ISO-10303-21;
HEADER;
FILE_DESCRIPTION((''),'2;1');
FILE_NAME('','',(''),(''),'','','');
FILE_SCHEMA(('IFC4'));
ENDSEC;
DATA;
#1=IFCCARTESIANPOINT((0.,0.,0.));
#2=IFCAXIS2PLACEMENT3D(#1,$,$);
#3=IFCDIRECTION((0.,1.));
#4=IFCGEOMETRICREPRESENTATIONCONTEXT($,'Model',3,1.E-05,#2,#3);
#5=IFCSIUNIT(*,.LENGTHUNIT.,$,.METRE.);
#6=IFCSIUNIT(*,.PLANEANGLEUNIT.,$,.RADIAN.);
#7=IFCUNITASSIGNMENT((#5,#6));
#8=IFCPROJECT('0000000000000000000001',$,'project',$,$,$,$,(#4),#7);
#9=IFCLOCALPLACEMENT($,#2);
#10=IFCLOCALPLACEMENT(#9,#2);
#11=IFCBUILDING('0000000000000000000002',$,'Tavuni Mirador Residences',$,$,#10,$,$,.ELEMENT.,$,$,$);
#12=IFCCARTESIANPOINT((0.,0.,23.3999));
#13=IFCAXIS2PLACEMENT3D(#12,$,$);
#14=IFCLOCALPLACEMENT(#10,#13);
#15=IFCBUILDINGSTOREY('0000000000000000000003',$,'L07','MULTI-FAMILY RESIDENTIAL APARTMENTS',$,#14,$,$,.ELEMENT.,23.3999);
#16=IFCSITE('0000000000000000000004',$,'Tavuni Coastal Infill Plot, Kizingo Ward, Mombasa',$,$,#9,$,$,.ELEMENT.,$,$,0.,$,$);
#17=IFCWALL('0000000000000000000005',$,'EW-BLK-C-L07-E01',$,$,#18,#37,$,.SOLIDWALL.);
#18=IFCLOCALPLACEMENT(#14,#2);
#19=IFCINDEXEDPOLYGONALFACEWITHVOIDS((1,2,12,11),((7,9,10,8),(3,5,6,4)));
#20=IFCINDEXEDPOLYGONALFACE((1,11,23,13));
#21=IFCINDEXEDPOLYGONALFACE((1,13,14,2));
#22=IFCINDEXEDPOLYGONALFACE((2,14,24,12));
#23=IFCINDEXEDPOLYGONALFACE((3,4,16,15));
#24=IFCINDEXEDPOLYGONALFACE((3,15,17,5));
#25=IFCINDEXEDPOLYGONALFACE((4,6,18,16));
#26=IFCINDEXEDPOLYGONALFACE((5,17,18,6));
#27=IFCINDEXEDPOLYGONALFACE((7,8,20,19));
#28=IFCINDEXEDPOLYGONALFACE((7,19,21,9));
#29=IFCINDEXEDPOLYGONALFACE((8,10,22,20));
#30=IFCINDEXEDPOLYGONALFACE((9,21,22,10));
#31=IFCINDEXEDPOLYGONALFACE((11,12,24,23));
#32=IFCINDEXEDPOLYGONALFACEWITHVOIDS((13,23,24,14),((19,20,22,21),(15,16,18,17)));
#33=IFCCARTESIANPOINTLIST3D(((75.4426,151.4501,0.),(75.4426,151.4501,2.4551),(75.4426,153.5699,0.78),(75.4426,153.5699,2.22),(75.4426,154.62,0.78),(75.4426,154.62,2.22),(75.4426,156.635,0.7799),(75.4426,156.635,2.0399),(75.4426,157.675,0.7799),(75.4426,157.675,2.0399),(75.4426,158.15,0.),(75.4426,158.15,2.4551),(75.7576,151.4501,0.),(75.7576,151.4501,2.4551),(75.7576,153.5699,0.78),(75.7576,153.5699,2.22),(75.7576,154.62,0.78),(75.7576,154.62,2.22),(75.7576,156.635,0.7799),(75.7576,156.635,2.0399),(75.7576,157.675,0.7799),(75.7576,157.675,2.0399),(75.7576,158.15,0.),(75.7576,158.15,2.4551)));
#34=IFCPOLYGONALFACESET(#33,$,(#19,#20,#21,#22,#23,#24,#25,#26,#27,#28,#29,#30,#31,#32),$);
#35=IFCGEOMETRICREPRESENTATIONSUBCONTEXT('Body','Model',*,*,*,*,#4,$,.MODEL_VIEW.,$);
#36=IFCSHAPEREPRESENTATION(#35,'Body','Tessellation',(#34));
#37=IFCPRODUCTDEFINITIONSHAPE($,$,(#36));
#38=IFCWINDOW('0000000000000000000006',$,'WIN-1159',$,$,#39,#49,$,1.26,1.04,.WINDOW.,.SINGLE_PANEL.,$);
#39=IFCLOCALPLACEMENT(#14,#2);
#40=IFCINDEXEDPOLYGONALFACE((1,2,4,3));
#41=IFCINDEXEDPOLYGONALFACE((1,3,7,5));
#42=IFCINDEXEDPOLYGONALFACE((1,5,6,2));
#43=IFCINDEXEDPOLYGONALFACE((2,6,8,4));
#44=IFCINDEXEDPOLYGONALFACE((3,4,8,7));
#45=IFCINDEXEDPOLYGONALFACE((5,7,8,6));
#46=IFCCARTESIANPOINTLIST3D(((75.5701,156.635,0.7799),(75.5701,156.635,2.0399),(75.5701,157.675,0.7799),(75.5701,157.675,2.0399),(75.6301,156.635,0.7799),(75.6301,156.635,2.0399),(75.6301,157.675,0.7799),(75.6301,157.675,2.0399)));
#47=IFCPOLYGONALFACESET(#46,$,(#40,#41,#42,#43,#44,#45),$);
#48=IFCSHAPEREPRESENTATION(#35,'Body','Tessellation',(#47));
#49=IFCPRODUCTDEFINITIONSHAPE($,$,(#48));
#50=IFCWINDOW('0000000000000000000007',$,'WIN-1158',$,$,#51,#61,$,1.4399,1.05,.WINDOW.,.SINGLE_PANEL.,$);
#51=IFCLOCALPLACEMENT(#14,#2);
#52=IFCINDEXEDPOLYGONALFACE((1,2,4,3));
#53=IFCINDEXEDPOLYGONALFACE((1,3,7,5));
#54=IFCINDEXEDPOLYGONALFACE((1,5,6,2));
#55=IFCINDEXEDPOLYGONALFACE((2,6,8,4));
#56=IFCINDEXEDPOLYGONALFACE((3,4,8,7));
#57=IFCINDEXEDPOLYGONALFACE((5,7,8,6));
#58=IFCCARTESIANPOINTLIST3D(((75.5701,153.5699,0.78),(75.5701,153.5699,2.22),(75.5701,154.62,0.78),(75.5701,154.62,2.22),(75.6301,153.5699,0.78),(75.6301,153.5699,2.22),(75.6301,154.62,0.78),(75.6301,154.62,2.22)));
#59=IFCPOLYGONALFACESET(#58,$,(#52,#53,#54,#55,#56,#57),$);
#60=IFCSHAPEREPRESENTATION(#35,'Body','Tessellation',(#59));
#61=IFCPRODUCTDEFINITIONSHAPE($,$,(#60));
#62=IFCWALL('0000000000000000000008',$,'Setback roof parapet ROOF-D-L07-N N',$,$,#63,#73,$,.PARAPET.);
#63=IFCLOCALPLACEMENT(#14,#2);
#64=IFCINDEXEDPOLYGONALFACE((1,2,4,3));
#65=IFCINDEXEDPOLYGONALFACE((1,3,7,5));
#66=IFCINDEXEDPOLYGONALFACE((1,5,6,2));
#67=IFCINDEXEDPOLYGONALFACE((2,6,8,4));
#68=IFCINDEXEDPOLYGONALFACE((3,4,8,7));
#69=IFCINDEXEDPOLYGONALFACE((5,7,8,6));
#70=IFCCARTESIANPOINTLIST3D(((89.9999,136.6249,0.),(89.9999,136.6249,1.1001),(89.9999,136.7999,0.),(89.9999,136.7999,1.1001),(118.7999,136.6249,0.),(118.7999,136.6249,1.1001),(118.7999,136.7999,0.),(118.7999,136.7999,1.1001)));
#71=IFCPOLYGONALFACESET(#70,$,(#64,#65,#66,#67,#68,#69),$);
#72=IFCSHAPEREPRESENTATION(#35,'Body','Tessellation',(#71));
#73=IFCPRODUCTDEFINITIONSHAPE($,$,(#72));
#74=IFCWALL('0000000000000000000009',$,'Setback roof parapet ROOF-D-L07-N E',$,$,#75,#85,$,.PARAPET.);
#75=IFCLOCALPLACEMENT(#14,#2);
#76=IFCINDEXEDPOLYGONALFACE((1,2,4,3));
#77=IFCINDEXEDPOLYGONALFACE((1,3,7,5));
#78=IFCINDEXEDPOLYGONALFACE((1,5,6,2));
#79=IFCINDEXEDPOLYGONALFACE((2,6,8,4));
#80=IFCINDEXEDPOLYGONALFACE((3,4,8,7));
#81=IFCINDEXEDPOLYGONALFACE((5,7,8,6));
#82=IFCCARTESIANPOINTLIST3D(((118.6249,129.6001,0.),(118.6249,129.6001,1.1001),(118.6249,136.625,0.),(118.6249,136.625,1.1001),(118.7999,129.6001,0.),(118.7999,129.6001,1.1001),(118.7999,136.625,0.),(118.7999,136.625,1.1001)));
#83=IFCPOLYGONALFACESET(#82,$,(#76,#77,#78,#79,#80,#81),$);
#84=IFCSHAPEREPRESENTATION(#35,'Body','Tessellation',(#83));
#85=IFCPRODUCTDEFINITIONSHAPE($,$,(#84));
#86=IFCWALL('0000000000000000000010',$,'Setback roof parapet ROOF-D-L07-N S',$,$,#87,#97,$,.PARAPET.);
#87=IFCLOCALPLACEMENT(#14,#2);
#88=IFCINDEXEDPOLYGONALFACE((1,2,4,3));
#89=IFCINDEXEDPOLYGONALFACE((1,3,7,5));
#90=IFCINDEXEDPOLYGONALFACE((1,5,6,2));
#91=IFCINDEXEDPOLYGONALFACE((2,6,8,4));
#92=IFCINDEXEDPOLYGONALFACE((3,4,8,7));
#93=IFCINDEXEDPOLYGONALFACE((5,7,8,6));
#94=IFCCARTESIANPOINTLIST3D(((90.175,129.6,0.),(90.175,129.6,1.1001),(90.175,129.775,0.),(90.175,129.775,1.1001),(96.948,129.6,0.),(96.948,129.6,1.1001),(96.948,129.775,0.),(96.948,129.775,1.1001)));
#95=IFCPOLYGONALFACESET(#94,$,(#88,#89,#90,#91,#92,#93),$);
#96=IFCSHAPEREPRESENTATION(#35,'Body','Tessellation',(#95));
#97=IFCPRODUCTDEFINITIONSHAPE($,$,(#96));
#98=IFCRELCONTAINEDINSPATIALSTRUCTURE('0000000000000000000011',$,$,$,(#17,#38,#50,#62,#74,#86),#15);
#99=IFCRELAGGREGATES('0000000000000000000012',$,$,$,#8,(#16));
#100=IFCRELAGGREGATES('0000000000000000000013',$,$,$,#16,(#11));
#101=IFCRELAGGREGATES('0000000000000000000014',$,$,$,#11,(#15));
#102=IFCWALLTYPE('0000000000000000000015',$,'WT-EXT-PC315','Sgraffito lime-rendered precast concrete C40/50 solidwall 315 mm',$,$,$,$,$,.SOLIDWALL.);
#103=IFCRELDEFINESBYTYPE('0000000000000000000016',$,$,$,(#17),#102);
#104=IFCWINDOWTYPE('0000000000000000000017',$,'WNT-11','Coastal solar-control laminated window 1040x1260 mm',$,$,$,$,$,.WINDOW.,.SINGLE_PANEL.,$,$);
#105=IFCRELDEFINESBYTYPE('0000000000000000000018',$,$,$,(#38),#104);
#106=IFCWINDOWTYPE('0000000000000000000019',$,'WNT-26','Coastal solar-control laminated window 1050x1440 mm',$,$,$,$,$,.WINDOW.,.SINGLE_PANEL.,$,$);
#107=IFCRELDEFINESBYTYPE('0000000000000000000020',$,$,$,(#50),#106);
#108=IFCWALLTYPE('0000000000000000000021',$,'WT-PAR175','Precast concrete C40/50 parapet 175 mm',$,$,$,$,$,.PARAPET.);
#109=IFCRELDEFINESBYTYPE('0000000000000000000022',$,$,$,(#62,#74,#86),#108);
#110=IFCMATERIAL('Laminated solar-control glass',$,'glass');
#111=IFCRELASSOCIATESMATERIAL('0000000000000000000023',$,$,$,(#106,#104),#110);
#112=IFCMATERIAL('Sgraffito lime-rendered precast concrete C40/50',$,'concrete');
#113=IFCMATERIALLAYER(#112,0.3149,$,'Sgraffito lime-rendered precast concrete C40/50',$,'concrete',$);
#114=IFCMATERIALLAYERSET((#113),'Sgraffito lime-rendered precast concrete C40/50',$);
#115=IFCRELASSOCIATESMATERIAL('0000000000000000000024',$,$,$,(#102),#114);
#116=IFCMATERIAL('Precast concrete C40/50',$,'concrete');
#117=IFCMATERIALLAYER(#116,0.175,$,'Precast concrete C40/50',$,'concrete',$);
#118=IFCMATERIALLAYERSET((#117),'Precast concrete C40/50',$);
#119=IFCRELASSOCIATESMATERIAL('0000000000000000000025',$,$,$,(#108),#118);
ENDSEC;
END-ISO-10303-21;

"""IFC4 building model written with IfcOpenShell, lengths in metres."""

from ifc_helpers import new_model, si_unit, direction, frame, frame_2d, origin, place, context, subcontext, project, spatial, rectangle, extrude, material, layer, layer_set, type_object, element, fill, save


model = new_model("IFC4")

# Units and contexts
model_context = context("Model", 3, precision=1e-05, world=origin(), true_north=direction((0.0, 1.0)))
body_context = subcontext(model_context, "Body", "Model", "MODEL_VIEW")
ifc_project = project(units=[si_unit("LENGTHUNIT", "METRE"), si_unit("PLANEANGLEUNIT", "RADIAN")], contexts=[model_context])

# Site, building, storey
site_placement = place(None, origin())
site = spatial("IfcSite", under=ifc_project, at=site_placement, Name="Tavuni Coastal Infill Plot, Kizingo Ward, Mombasa", CompositionType="ELEMENT", RefElevation=0.0)
building_placement = place(site_placement, origin())
building = spatial("IfcBuilding", under=site, at=building_placement, Name="Tavuni Mirador Residences", CompositionType="ELEMENT")
storey_placement = place(building_placement, frame((0.0, 0.0, 23.3999)))
storey = spatial("IfcBuildingStorey", under=building, at=storey_placement, Name="L07", Description="MULTI-FAMILY RESIDENTIAL APARTMENTS", CompositionType="ELEMENT", Elevation=23.3999)

# Shared definitions
ifc_material_1 = material(Name="Precast concrete C40/50", Category="concrete")

# Wall, openings, windows
ifc_material_2 = material(Name="Laminated solar-control glass", Category="glass")
window_type_1 = type_object("IfcWindowType", Name="WNT-26", Description="Coastal solar-control laminated window 1050x1440 mm", PartitioningType="SINGLE_PANEL", PredefinedType="WINDOW", material=ifc_material_2)
ifc_material_3 = material(Name="Sgraffito lime-rendered precast concrete C40/50", Category="concrete")
ifc_layer_1 = layer(ifc_material_3, 0.3149, Name="Sgraffito lime-rendered precast concrete C40/50", Category="concrete")
ifc_layer_set_1 = layer_set([ifc_layer_1], Name="Sgraffito lime-rendered precast concrete C40/50")
wall_type_1 = type_object("IfcWallType", Name="WT-EXT-PC315", Description="Sgraffito lime-rendered precast concrete C40/50 solidwall 315 mm", PredefinedType="SOLIDWALL", material=ifc_layer_set_1)
wall_1_placement = place(storey_placement, frame((75.6001, 151.45, 0.0), z_axis=(0.0, 0.0, 1.0), x_axis=(0.0, 1.0, 0.0)))
wall_1 = element("IfcWall", 1, at=wall_1_placement, inside=storey, type_object=wall_type_1, Name="EW-BLK-C-L07-E01", PredefinedType="SOLIDWALL", context=body_context, shape_type="SweptSolid", body=[
    extrude(rectangle(XDim=6.7, YDim=0.3149, at=frame_2d((3.3501, 0.0))), origin(), (0.0, 0.0, 1.0), 2.4551),
])
opening_1_placement = place(wall_1_placement, frame((2.1201, 0.0, 0.78)))
opening_1 = element("IfcOpeningElement", 2, at=opening_1_placement, cuts=wall_1, PredefinedType="OPENING", context=body_context, shape_type="SweptSolid", body=[
    extrude(rectangle(XDim=1.05, YDim=1.4399, at=frame_2d((0.5249, 0.72))), frame((0.0, 0.1675, 0.0), z_axis=(0.0, -1.0, 0.0), x_axis=(1.0, 0.0, 0.0)), (0.0, 0.0, 1.0), 0.335),
])
opening_2_placement = place(wall_1_placement, frame((5.1851, 0.0, 0.78)))
opening_2 = element("IfcOpeningElement", 3, at=opening_2_placement, cuts=wall_1, PredefinedType="OPENING", context=body_context, shape_type="SweptSolid", body=[
    extrude(rectangle(XDim=1.04, YDim=1.26, at=frame_2d((0.52, 0.6299))), frame((0.0, 0.1675, 0.0), z_axis=(0.0, -1.0, 0.0), x_axis=(1.0, 0.0, 0.0)), (0.0, 0.0, 1.0), 0.335),
])
window_type_2 = type_object("IfcWindowType", Name="WNT-11", Description="Coastal solar-control laminated window 1040x1260 mm", PartitioningType="SINGLE_PANEL", PredefinedType="WINDOW", material=ifc_material_2)
window_1_placement = place(opening_2_placement, origin())
window_1 = element("IfcWindow", 4, at=window_1_placement, inside=storey, type_object=window_type_2, Name="WIN-1159", OverallHeight=1.26, OverallWidth=1.04, PartitioningType="SINGLE_PANEL", PredefinedType="WINDOW", context=body_context, shape_type="SweptSolid", body=[
    extrude(rectangle(XDim=1.04, YDim=1.26, at=frame_2d((0.52, 0.6299))), frame((0.0, 0.03, 0.0), z_axis=(0.0, -1.0, 0.0), x_axis=(1.0, 0.0, 0.0)), (0.0, 0.0, 1.0), 0.0601),
])
fill(opening_2, window_1)
window_2_placement = place(opening_1_placement, origin())
window_2 = element("IfcWindow", 5, at=window_2_placement, inside=storey, type_object=window_type_1, Name="WIN-1158", OverallHeight=1.4399, OverallWidth=1.05, PartitioningType="SINGLE_PANEL", PredefinedType="WINDOW", context=body_context, shape_type="SweptSolid", body=[
    extrude(rectangle(XDim=1.05, YDim=1.4399, at=frame_2d((0.5249, 0.72))), frame((0.0, 0.03, 0.0), z_axis=(0.0, -1.0, 0.0), x_axis=(1.0, 0.0, 0.0)), (0.0, 0.0, 1.0), 0.0601),
])
fill(opening_1, window_2)

# Walls
ifc_layer_2 = layer(ifc_material_1, 0.175, Name="Precast concrete C40/50", Category="concrete")
ifc_layer_set_2 = layer_set([ifc_layer_2], Name="Precast concrete C40/50")
wall_type_2 = type_object("IfcWallType", Name="WT-PAR175", Description="Precast concrete C40/50 parapet 175 mm", PredefinedType="PARAPET", material=ifc_layer_set_2)
wall_2_placement = place(storey_placement, frame((90.0, 136.7124, 0.0), z_axis=(0.0, 0.0, 1.0), x_axis=(1.0, 0.0, 0.0)))
element("IfcWall", 6, at=wall_2_placement, inside=storey, type_object=wall_type_2, Name="Setback roof parapet ROOF-D-L07-N N", PredefinedType="PARAPET", context=body_context, shape_type="SweptSolid", body=[
    extrude(rectangle(XDim=28.8, YDim=0.175, at=frame_2d((14.3999, 0.0))), origin(), (0.0, 0.0, 1.0), 1.1001),
])
wall_3_placement = place(storey_placement, frame((118.7124, 129.6001, 0.0), z_axis=(0.0, 0.0, 1.0), x_axis=(0.0, 1.0, 0.0)))
element("IfcWall", 7, at=wall_3_placement, inside=storey, type_object=wall_type_2, Name="Setback roof parapet ROOF-D-L07-N E", PredefinedType="PARAPET", context=body_context, shape_type="SweptSolid", body=[
    extrude(rectangle(XDim=7.0249, YDim=0.175, at=frame_2d((3.5125, 0.0))), origin(), (0.0, 0.0, 1.0), 1.1001),
])
wall_4_placement = place(storey_placement, frame((90.175, 129.6875, 0.0), z_axis=(0.0, 0.0, 1.0), x_axis=(1.0, 0.0, 0.0)))
element("IfcWall", 8, at=wall_4_placement, inside=storey, type_object=wall_type_2, Name="Setback roof parapet ROOF-D-L07-N S", PredefinedType="PARAPET", context=body_context, shape_type="SweptSolid", body=[
    extrude(rectangle(XDim=6.7729, YDim=0.175, at=frame_2d((3.3865, 0.0))), origin(), (0.0, 0.0, 1.0), 1.1001),
])

save(model, "model.ifc")
